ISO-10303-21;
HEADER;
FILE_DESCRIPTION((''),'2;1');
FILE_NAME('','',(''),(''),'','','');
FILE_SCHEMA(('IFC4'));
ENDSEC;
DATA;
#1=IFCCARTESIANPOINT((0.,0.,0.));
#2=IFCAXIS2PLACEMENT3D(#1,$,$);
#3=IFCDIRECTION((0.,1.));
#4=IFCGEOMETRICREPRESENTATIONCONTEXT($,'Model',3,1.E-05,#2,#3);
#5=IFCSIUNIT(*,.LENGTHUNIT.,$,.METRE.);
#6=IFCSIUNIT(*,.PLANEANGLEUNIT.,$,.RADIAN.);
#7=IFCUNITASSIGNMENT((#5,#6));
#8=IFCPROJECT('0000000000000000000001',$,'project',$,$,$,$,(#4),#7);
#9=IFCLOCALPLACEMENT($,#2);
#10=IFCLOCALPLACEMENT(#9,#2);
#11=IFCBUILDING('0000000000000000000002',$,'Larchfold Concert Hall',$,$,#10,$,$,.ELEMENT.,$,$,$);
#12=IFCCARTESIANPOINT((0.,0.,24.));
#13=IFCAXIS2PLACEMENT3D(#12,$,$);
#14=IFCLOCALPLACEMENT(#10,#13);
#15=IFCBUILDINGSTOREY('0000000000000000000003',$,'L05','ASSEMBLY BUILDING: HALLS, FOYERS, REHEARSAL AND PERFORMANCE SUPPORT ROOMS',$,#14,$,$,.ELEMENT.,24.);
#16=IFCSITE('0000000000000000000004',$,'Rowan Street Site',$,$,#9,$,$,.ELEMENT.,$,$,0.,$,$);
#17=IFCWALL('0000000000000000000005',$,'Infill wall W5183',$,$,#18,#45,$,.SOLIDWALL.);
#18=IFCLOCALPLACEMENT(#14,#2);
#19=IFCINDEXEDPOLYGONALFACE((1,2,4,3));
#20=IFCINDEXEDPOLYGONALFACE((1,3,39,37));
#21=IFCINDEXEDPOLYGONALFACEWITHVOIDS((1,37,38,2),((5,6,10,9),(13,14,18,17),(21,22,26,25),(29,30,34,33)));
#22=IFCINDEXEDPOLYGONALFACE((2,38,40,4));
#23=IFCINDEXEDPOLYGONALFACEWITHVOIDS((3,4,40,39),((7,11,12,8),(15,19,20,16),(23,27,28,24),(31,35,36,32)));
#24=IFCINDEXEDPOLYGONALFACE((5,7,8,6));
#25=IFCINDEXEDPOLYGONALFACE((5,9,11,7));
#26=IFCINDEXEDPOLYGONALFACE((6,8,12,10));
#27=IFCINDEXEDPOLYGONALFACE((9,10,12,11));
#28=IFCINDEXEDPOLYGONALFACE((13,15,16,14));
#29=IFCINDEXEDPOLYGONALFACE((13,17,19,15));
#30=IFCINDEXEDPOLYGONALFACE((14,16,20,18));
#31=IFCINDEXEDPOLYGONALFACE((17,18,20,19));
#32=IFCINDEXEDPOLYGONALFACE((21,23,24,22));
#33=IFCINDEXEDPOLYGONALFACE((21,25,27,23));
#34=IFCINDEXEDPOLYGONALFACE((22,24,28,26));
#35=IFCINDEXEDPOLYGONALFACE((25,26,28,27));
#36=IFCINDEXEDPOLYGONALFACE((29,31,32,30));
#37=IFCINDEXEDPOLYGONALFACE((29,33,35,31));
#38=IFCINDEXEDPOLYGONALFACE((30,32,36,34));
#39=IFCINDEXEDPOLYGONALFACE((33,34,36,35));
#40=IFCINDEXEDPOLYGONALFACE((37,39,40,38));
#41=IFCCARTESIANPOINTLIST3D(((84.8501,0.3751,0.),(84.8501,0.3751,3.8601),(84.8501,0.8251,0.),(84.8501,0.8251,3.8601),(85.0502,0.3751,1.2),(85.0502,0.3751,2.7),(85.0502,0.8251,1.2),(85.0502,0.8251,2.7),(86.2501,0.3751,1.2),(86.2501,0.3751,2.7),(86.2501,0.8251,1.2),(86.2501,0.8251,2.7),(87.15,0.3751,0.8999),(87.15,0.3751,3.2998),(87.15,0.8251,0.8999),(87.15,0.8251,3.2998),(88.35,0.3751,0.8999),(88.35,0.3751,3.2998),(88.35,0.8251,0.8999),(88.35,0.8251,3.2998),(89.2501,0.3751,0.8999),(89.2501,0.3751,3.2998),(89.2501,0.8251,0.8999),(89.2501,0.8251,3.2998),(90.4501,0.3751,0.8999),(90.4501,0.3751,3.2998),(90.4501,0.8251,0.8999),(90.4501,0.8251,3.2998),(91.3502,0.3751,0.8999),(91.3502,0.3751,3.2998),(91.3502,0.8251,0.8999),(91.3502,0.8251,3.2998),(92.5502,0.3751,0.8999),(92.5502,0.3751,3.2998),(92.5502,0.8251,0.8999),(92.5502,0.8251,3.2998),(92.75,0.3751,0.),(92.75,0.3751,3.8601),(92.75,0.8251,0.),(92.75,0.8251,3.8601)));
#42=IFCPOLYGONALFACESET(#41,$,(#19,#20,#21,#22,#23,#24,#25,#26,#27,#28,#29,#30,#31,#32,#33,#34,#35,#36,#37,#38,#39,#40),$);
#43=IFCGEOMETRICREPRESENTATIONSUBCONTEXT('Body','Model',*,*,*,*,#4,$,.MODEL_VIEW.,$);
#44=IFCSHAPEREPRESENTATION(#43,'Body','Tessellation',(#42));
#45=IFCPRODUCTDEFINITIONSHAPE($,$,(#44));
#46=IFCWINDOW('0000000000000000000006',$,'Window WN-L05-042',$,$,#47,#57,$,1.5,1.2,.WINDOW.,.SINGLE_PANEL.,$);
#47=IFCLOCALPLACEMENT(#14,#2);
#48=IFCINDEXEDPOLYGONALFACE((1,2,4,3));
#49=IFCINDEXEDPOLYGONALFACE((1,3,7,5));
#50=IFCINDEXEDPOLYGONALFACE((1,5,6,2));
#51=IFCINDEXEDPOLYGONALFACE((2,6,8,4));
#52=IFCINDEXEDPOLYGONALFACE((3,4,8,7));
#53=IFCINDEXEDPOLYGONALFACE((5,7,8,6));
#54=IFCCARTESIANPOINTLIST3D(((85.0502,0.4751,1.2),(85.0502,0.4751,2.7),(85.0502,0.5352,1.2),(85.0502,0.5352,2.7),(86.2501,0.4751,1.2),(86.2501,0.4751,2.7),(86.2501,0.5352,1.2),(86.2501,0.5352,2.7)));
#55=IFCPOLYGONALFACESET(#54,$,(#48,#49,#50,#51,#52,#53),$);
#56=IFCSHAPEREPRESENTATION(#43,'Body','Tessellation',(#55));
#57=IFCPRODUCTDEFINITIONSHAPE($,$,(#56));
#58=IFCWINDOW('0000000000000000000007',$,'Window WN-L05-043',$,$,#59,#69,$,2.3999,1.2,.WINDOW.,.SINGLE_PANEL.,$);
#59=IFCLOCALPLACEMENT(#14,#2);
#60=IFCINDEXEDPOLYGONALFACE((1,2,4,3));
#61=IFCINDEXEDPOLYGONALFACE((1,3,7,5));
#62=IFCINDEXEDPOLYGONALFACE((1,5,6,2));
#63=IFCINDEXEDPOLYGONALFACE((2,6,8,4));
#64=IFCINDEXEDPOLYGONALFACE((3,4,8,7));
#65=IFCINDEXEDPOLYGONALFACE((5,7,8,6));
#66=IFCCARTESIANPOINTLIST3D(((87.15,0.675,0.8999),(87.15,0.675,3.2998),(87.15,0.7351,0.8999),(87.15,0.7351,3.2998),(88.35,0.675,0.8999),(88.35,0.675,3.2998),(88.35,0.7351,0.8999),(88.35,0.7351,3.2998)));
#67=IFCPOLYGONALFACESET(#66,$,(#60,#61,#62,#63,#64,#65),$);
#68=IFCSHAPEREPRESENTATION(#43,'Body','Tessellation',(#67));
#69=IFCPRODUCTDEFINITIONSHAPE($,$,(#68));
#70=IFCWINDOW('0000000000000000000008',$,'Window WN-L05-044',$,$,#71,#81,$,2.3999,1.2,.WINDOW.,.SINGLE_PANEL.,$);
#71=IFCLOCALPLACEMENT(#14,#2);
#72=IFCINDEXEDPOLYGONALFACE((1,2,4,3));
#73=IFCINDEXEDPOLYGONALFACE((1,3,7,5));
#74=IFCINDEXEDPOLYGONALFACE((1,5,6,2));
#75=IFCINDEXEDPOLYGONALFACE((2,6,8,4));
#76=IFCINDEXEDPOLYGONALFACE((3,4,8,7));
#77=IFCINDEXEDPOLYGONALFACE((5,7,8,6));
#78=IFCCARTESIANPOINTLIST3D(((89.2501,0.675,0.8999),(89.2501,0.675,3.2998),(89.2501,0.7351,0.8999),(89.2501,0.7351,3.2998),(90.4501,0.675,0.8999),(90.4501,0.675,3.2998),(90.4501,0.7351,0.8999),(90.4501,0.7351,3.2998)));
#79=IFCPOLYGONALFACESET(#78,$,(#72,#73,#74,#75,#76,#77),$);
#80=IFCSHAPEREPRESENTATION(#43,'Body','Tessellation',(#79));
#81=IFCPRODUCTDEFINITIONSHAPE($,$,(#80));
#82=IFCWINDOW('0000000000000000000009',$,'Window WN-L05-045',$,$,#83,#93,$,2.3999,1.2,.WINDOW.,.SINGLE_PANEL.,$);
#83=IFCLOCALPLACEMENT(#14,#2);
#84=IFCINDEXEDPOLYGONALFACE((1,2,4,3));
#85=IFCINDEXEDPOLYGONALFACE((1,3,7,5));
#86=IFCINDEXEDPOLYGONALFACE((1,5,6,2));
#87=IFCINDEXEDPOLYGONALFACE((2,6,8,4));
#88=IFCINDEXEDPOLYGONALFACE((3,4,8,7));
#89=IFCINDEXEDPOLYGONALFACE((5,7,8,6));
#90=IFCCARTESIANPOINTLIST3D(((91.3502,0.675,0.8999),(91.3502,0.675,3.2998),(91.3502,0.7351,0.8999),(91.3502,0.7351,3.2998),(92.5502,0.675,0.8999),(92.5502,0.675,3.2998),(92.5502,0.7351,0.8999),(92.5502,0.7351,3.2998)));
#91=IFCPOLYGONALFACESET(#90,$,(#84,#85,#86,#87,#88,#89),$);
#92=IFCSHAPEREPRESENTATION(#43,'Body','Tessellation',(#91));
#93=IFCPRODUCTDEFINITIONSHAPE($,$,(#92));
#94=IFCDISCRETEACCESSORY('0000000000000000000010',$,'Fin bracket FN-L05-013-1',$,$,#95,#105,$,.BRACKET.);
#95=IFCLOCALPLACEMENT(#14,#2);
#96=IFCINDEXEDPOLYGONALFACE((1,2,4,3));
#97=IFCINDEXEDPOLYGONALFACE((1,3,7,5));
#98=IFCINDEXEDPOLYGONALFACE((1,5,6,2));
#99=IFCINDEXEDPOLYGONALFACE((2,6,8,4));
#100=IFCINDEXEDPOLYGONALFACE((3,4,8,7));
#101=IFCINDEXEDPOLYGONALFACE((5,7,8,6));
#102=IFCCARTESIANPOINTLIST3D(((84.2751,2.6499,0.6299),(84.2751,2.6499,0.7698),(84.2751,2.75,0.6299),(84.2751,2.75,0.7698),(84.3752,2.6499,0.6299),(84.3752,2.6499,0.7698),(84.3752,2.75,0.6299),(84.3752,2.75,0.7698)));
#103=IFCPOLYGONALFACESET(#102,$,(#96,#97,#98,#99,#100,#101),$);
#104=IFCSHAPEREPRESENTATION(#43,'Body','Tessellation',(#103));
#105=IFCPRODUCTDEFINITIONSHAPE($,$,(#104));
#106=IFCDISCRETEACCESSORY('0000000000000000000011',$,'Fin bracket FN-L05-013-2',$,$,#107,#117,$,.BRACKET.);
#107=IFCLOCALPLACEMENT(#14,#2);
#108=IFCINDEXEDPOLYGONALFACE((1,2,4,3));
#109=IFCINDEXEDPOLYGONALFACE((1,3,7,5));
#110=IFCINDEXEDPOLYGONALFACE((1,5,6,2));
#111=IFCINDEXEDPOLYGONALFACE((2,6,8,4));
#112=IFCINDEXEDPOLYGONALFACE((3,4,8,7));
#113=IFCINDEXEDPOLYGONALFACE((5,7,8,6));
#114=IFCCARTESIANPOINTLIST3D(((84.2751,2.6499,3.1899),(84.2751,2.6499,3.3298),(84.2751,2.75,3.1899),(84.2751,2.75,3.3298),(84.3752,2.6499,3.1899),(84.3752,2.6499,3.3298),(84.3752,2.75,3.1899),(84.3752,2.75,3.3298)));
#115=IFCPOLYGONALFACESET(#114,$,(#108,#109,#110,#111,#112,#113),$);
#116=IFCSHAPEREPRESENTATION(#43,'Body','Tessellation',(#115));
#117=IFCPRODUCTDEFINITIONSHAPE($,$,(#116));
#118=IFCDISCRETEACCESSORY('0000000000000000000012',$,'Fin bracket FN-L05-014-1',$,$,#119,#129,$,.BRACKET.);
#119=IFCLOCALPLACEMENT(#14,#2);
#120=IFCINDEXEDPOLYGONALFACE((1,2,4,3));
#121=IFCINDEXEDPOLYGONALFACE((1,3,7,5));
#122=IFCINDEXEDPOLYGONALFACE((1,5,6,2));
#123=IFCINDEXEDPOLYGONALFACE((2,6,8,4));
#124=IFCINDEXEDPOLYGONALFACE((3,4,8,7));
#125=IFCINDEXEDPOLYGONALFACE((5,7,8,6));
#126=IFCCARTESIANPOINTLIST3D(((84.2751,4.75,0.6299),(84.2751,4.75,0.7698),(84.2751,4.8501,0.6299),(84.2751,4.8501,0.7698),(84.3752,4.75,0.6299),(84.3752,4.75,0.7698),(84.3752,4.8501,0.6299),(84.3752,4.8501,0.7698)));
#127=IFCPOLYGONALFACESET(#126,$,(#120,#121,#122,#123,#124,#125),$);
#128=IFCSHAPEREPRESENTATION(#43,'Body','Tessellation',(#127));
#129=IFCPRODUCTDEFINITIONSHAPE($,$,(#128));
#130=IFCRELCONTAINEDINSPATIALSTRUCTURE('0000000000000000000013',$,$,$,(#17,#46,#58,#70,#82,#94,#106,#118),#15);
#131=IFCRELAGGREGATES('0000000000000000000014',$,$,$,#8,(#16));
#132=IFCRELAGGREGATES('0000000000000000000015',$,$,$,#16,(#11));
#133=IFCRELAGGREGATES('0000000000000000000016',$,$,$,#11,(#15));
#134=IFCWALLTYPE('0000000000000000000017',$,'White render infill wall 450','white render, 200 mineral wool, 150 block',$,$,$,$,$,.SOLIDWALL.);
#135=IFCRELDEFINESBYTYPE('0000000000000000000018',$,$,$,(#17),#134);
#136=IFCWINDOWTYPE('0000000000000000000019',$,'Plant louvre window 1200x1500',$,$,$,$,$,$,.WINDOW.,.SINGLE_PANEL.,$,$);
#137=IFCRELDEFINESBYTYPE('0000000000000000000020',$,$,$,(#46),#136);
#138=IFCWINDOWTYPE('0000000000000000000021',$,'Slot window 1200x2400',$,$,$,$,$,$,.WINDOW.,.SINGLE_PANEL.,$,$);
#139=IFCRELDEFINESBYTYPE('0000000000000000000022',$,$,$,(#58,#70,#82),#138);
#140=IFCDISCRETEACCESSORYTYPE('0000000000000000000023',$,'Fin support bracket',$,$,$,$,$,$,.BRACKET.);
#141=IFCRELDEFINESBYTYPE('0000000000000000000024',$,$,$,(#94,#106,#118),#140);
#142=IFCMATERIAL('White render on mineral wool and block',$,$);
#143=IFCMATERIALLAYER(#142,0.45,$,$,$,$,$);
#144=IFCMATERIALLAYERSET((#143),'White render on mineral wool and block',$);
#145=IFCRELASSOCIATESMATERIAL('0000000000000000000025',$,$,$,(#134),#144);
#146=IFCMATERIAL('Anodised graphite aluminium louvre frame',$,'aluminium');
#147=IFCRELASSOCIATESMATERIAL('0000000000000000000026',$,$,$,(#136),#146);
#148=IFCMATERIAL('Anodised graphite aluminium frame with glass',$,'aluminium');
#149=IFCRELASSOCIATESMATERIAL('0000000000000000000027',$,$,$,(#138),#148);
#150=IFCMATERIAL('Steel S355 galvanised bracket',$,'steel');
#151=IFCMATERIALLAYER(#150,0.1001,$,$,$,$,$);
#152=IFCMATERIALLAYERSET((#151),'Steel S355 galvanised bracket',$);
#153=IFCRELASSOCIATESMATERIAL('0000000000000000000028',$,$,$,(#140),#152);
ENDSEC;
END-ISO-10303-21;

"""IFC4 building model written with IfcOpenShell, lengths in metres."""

from ifc_helpers import new_model, si_unit, direction, frame, frame_2d, origin, origin_2d, place, context, subcontext, project, spatial, rectangle, extrude, material, layer, layer_set, type_object, element, fill, save


model = new_model("IFC4")

# Units and contexts
model_context = context("Model", 3, precision=1e-05, world=origin(), true_north=direction((0.0, 1.0)))
body_context = subcontext(model_context, "Body", "Model", "MODEL_VIEW")
ifc_project = project(units=[si_unit("LENGTHUNIT", "METRE"), si_unit("PLANEANGLEUNIT", "RADIAN")], contexts=[model_context])

# Site, building, storey
site_placement = place(None, origin())
site = spatial("IfcSite", under=ifc_project, at=site_placement, Name="Rowan Street Site", CompositionType="ELEMENT", RefElevation=0.0)
building_placement = place(site_placement, origin())
building = spatial("IfcBuilding", under=site, at=building_placement, Name="Larchfold Concert Hall", CompositionType="ELEMENT")
storey_placement = place(building_placement, frame((0.0, 0.0, 24.0)))
storey = spatial("IfcBuildingStorey", under=building, at=storey_placement, Name="L05", Description="ASSEMBLY BUILDING: HALLS, FOYERS, REHEARSAL AND PERFORMANCE SUPPORT ROOMS", CompositionType="ELEMENT", Elevation=24.0)

# Wall, openings, windows
ifc_material_1 = material(Name="White render on mineral wool and block")
ifc_layer_1 = layer(ifc_material_1, 0.45)
ifc_layer_set_1 = layer_set([ifc_layer_1], Name="White render on mineral wool and block")
wall_type_1 = type_object("IfcWallType", Name="White render infill wall 450", Description="white render, 200 mineral wool, 150 block", PredefinedType="SOLIDWALL", material=ifc_layer_set_1)
wall_1_placement = place(storey_placement, frame((84.8501, 0.6001, 0.0), z_axis=(0.0, 0.0, 1.0), x_axis=(1.0, 0.0, 0.0)))
wall_1 = element("IfcWall", 1, at=wall_1_placement, inside=storey, type_object=wall_type_1, Name="Infill wall W5183", PredefinedType="SOLIDWALL", context=body_context, shape_type="SweptSolid", body=[
    extrude(rectangle(XDim=7.8999, YDim=0.45, at=frame_2d((3.95, 0.0))), origin(), (0.0, 0.0, 1.0), 3.8601),
])
opening_1_placement = place(wall_1_placement, frame((0.2, 0.0, 1.2)))
opening_1 = element("IfcOpeningElement", 2, at=opening_1_placement, cuts=wall_1, PredefinedType="OPENING", context=body_context, shape_type="SweptSolid", body=[
    extrude(rectangle(XDim=1.2, YDim=1.5, at=frame_2d((0.6001, 0.75))), frame((0.0, 0.2349, 0.0), z_axis=(0.0, -1.0, 0.0), x_axis=(1.0, 0.0, 0.0)), (0.0, 0.0, 1.0), 0.47),
])
opening_2_placement = place(wall_1_placement, frame((2.2998, 0.0, 0.8999)))
opening_2 = element("IfcOpeningElement", 3, at=opening_2_placement, cuts=wall_1, PredefinedType="OPENING", context=body_context, shape_type="SweptSolid", body=[
    extrude(rectangle(XDim=1.2, YDim=2.3999, at=frame_2d((0.6001, 1.2))), frame((0.0, 0.2349, 0.0), z_axis=(0.0, -1.0, 0.0), x_axis=(1.0, 0.0, 0.0)), (0.0, 0.0, 1.0), 0.47),
])
opening_3_placement = place(wall_1_placement, frame((4.3999, 0.0, 0.8999)))
opening_3 = element("IfcOpeningElement", 4, at=opening_3_placement, cuts=wall_1, PredefinedType="OPENING", context=body_context, shape_type="SweptSolid", body=[
    extrude(rectangle(XDim=1.2, YDim=2.3999, at=frame_2d((0.6001, 1.2))), frame((0.0, 0.2349, 0.0), z_axis=(0.0, -1.0, 0.0), x_axis=(1.0, 0.0, 0.0)), (0.0, 0.0, 1.0), 0.47),
])
opening_4_placement = place(wall_1_placement, frame((6.5, 0.0, 0.8999)))
opening_4 = element("IfcOpeningElement", 5, at=opening_4_placement, cuts=wall_1, PredefinedType="OPENING", context=body_context, shape_type="SweptSolid", body=[
    extrude(rectangle(XDim=1.2, YDim=2.3999, at=frame_2d((0.6001, 1.2))), frame((0.0, 0.2349, 0.0), z_axis=(0.0, -1.0, 0.0), x_axis=(1.0, 0.0, 0.0)), (0.0, 0.0, 1.0), 0.47),
])
ifc_material_2 = material(Name="Anodised graphite aluminium louvre frame", Category="aluminium")
window_type_1 = type_object("IfcWindowType", Name="Plant louvre window 1200x1500", PartitioningType="SINGLE_PANEL", PredefinedType="WINDOW", material=ifc_material_2)
window_1_placement = place(opening_1_placement, origin())
window_1 = element("IfcWindow", 6, at=window_1_placement, inside=storey, type_object=window_type_1, Name="Window WN-L05-042", OverallHeight=1.5, OverallWidth=1.2, PartitioningType="SINGLE_PANEL", PredefinedType="WINDOW", context=body_context, shape_type="SweptSolid", body=[
    extrude(rectangle(XDim=1.2, YDim=1.5, at=frame_2d((0.6001, 0.75))), frame((0.0, -0.0649, 0.0), z_axis=(0.0, -1.0, 0.0), x_axis=(1.0, 0.0, 0.0)), (0.0, 0.0, 1.0), 0.0601),
])
fill(opening_1, window_1)
ifc_material_3 = material(Name="Anodised graphite aluminium frame with glass", Category="aluminium")
window_type_2 = type_object("IfcWindowType", Name="Slot window 1200x2400", PartitioningType="SINGLE_PANEL", PredefinedType="WINDOW", material=ifc_material_3)
window_2_placement = place(opening_2_placement, origin())
window_2 = element("IfcWindow", 7, at=window_2_placement, inside=storey, type_object=window_type_2, Name="Window WN-L05-043", OverallHeight=2.3999, OverallWidth=1.2, PartitioningType="SINGLE_PANEL", PredefinedType="WINDOW", context=body_context, shape_type="SweptSolid", body=[
    extrude(rectangle(XDim=1.2, YDim=2.3999, at=frame_2d((0.6001, 1.2))), frame((0.0, 0.135, 0.0), z_axis=(0.0, -1.0, 0.0), x_axis=(1.0, 0.0, 0.0)), (0.0, 0.0, 1.0), 0.0601),
])
fill(opening_2, window_2)
window_3_placement = place(opening_3_placement, origin())
window_3 = element("IfcWindow", 8, at=window_3_placement, inside=storey, type_object=window_type_2, Name="Window WN-L05-044", OverallHeight=2.3999, OverallWidth=1.2, PartitioningType="SINGLE_PANEL", PredefinedType="WINDOW", context=body_context, shape_type="SweptSolid", body=[
    extrude(rectangle(XDim=1.2, YDim=2.3999, at=frame_2d((0.6001, 1.2))), frame((0.0, 0.135, 0.0), z_axis=(0.0, -1.0, 0.0), x_axis=(1.0, 0.0, 0.0)), (0.0, 0.0, 1.0), 0.0601),
])
fill(opening_3, window_3)
window_4_placement = place(opening_4_placement, origin())
window_4 = element("IfcWindow", 9, at=window_4_placement, inside=storey, type_object=window_type_2, Name="Window WN-L05-045", OverallHeight=2.3999, OverallWidth=1.2, PartitioningType="SINGLE_PANEL", PredefinedType="WINDOW", context=body_context, shape_type="SweptSolid", body=[
    extrude(rectangle(XDim=1.2, YDim=2.3999, at=frame_2d((0.6001, 1.2))), frame((0.0, 0.135, 0.0), z_axis=(0.0, -1.0, 0.0), x_axis=(1.0, 0.0, 0.0)), (0.0, 0.0, 1.0), 0.0601),
])
fill(opening_4, window_4)

# Discrete accessories
ifc_material_4 = material(Name="Steel S355 galvanised bracket", Category="steel")
ifc_layer_2 = layer(ifc_material_4, 0.1001)
ifc_layer_set_2 = layer_set([ifc_layer_2], Name="Steel S355 galvanised bracket")
discrete_accessory_type = type_object("IfcDiscreteAccessoryType", Name="Fin support bracket", PredefinedType="BRACKET", material=ifc_layer_set_2)
for number, where, z_axis, x_axis, name in (
    (10, (84.3252, 2.7, 0.6299), (0.0, 0.0, 1.0), (-1.0, 0.0, 0.0), "Fin bracket FN-L05-013-1"),
    (11, (84.3252, 2.7, 3.1899), (0.0, 0.0, 1.0), (-1.0, 0.0, 0.0), "Fin bracket FN-L05-013-2"),
    (12, (84.3252, 4.8, 0.6299), (0.0, 0.0, 1.0), (-1.0, 0.0, 0.0), "Fin bracket FN-L05-014-1"),
):
    element("IfcDiscreteAccessory", number, at=place(storey_placement, frame(where, z_axis=z_axis, x_axis=x_axis)), inside=storey, type_object=discrete_accessory_type, Name=name, PredefinedType="BRACKET", context=body_context, shape_type="SweptSolid", body=[
        extrude(rectangle(XDim=0.1001, YDim=0.1001, at=origin_2d()), origin(), (0.0, 0.0, 1.0), 0.1399),
    ])

save(model, "model.ifc")
